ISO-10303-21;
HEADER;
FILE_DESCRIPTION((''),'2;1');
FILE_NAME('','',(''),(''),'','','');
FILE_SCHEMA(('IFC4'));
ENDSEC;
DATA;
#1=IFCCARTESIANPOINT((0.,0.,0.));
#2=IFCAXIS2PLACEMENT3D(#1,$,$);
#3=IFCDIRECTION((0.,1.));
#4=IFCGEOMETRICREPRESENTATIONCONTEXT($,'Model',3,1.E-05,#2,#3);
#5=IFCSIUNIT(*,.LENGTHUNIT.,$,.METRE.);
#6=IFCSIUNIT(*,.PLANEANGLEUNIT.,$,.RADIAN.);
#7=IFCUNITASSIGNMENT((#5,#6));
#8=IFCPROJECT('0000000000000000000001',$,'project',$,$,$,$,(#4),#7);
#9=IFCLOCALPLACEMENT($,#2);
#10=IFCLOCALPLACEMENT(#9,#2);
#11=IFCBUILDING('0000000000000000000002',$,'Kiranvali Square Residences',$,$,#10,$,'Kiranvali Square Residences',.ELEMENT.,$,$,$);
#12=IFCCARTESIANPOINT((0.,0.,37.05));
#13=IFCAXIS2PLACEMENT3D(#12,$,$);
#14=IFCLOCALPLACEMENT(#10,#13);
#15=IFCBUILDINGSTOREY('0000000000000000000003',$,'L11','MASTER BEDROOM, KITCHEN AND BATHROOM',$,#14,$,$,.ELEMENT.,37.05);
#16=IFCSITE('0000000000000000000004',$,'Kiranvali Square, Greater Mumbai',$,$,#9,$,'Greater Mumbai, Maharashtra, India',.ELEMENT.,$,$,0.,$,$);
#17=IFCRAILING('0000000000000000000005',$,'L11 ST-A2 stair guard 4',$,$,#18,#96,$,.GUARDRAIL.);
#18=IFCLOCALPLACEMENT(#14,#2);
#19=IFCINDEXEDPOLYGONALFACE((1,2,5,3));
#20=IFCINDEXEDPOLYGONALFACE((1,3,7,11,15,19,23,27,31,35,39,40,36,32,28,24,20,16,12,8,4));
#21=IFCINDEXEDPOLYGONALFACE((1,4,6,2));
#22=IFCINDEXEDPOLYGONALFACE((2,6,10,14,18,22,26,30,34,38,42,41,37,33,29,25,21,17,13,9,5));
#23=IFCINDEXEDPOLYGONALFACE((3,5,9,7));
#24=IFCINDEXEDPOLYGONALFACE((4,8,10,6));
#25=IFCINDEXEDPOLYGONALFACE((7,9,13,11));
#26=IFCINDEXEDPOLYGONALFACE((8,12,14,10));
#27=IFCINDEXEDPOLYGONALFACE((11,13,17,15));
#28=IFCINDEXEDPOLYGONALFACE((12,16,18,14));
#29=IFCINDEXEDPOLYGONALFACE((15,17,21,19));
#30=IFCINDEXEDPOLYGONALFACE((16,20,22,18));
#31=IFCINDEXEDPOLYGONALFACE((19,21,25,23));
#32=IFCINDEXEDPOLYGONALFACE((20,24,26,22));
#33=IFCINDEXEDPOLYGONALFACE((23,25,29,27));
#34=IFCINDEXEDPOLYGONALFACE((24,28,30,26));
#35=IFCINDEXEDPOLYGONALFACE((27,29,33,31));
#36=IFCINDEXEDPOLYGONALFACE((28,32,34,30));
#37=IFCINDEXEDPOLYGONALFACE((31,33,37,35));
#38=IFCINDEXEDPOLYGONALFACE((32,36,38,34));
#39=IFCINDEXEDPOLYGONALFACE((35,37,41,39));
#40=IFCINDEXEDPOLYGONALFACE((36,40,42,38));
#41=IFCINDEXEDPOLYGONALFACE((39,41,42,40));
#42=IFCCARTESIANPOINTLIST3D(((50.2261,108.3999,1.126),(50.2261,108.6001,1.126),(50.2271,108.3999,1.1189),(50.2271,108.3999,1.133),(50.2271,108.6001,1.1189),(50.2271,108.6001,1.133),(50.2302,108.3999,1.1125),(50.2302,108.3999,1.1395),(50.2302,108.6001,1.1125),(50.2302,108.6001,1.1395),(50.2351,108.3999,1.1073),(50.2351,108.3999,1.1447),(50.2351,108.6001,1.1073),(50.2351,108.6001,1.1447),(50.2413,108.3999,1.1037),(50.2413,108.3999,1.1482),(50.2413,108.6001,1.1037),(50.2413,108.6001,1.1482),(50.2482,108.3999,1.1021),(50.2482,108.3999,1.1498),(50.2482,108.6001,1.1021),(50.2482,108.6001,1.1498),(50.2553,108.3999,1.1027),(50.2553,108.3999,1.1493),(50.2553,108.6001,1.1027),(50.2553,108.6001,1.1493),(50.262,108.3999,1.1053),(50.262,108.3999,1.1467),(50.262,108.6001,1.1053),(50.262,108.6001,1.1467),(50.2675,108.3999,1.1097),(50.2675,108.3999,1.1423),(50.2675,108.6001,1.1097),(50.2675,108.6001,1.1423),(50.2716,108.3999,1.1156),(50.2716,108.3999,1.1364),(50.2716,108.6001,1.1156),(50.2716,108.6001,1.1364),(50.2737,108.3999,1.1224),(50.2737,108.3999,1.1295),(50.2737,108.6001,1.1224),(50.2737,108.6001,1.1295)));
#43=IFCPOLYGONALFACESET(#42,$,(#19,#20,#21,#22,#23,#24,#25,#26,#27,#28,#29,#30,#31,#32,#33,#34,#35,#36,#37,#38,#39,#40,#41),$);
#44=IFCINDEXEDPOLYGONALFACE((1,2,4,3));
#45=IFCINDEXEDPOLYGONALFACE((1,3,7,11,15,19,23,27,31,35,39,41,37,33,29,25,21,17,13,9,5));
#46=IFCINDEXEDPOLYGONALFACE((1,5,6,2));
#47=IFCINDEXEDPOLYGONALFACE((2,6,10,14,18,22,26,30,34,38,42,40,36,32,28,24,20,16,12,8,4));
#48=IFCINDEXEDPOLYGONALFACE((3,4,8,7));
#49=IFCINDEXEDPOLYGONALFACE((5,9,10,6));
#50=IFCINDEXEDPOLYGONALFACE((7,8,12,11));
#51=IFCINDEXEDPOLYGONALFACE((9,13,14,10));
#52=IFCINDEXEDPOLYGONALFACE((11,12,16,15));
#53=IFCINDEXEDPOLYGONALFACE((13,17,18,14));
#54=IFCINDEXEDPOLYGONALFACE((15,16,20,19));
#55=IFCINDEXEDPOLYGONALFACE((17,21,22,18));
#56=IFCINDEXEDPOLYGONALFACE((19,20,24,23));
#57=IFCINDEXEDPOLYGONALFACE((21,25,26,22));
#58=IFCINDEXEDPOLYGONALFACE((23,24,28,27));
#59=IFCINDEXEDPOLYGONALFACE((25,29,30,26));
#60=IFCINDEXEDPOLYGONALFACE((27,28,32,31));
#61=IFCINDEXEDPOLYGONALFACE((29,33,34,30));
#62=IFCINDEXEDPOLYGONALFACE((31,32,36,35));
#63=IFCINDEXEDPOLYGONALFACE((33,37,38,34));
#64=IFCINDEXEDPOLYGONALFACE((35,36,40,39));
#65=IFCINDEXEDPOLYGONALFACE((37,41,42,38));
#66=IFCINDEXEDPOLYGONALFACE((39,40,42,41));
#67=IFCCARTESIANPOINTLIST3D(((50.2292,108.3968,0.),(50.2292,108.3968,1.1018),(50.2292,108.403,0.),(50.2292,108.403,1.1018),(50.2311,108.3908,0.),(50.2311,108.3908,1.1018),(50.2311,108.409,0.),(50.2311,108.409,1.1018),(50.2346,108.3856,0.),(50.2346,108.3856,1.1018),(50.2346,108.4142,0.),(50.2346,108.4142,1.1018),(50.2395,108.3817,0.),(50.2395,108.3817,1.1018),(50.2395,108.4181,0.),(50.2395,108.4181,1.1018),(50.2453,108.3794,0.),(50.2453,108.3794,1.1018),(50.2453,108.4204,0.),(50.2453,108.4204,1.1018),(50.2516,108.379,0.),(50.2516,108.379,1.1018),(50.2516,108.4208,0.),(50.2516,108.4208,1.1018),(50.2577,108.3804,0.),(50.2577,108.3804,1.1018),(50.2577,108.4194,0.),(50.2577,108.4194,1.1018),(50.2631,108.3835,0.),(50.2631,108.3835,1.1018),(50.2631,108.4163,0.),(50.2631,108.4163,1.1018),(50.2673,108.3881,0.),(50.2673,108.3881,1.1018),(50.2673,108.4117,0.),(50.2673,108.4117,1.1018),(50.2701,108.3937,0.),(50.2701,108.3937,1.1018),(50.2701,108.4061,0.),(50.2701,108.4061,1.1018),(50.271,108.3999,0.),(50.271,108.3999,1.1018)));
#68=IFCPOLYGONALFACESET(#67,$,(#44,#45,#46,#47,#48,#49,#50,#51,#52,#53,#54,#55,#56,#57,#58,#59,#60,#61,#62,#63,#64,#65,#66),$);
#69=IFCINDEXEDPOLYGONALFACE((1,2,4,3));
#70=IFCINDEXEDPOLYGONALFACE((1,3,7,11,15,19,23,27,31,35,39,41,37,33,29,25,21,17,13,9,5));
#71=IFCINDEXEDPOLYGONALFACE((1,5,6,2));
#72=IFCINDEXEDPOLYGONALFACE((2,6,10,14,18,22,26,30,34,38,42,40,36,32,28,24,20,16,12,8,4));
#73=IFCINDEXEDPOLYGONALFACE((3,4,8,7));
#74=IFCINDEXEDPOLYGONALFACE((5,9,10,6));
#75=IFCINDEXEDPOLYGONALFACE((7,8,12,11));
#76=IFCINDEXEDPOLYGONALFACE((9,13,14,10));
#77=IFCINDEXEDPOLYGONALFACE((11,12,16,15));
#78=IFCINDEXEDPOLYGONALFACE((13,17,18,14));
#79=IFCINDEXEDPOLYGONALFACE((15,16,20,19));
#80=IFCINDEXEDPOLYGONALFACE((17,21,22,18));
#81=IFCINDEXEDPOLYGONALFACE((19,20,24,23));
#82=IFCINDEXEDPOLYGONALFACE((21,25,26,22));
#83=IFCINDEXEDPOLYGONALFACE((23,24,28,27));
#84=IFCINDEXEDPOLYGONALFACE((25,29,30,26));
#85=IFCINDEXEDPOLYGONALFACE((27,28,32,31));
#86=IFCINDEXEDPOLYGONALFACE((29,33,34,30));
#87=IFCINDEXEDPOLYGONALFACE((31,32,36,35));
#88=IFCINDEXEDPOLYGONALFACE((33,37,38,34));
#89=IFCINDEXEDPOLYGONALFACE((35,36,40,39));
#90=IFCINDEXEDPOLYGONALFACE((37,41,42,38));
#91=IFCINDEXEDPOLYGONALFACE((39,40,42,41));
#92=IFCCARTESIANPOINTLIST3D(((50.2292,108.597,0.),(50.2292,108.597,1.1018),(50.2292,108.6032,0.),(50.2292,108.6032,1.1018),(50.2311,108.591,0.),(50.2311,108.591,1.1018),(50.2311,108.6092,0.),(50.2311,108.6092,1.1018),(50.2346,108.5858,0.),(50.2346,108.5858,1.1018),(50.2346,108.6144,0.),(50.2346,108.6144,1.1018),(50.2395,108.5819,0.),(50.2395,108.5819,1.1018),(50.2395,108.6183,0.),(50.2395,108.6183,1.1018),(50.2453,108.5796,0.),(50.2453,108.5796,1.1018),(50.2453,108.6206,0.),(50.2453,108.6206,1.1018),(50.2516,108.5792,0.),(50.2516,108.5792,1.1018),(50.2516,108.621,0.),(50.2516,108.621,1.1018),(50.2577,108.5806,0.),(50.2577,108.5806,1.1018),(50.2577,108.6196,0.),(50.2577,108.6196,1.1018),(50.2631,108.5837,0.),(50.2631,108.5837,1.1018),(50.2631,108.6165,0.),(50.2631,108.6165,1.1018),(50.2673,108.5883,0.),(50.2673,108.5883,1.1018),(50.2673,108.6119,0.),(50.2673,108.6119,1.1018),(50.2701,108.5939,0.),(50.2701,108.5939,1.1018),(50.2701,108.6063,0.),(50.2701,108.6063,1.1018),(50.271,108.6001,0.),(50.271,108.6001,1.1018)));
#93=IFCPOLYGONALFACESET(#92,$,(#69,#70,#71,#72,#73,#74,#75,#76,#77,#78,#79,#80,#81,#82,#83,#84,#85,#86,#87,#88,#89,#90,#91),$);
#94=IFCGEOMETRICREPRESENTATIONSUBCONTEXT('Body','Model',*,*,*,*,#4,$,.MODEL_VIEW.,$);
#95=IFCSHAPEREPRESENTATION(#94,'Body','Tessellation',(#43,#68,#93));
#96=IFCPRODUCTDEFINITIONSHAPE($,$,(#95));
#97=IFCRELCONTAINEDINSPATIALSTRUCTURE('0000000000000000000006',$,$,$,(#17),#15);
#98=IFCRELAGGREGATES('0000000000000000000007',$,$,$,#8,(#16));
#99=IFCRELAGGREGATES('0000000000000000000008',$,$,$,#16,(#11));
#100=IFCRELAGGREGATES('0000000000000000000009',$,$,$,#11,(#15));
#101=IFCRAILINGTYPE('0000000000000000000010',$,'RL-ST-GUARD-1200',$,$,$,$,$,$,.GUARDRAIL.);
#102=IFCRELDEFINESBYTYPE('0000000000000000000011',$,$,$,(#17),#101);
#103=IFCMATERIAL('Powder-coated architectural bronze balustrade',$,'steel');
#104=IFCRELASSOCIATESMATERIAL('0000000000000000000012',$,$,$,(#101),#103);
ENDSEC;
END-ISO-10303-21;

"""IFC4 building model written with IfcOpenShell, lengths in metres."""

from ifc_helpers import new_model, si_unit, direction, frame, origin, origin_2d, place, context, subcontext, project, spatial, circle, extrude, material, type_object, element, save


model = new_model("IFC4")

# Units and contexts
model_context = context("Model", 3, precision=1e-05, world=origin(), true_north=direction((0.0, 1.0)))
body_context = subcontext(model_context, "Body", "Model", "MODEL_VIEW")
ifc_project = project(units=[si_unit("LENGTHUNIT", "METRE"), si_unit("PLANEANGLEUNIT", "RADIAN")], contexts=[model_context])

# Site, building, storey
site_placement = place(None, origin())
site = spatial("IfcSite", under=ifc_project, at=site_placement, Name="Kiranvali Square, Greater Mumbai", LongName="Greater Mumbai, Maharashtra, India", CompositionType="ELEMENT", RefElevation=0.0)
building_placement = place(site_placement, origin())
building = spatial("IfcBuilding", under=site, at=building_placement, Name="Kiranvali Square Residences", LongName="Kiranvali Square Residences", CompositionType="ELEMENT")
storey_placement = place(building_placement, frame((0.0, 0.0, 37.05)))
storey = spatial("IfcBuildingStorey", under=building, at=storey_placement, Name="L11", Description="MASTER BEDROOM, KITCHEN AND BATHROOM", CompositionType="ELEMENT", Elevation=37.05)

# Railing
ifc_material_1 = material(Name="Powder-coated architectural bronze balustrade", Category="steel")
railing_type_1 = type_object("IfcRailingType", Name="RL-ST-GUARD-1200", PredefinedType="GUARDRAIL", material=ifc_material_1)
railing_1_placement = place(storey_placement, frame((50.25, 108.3999, 0.0)))
element("IfcRailing", 1, at=railing_1_placement, inside=storey, type_object=railing_type_1, Name="L11 ST-A2 stair guard 4", PredefinedType="GUARDRAIL", context=body_context, shape_type="SweptSolid", body=[
    extrude(circle(Radius=0.0239, at=origin_2d()), frame((0.0, 0.0, 1.126), z_axis=(0.0, 1.0, 0.0), x_axis=(-1.0, 0.0, 0.0)), (0.0, 0.0, 1.0), 0.2002),
    extrude(circle(Radius=0.021, at=origin_2d()), origin(), (0.0, 0.0, 1.0), 1.1018),
    extrude(circle(Radius=0.021, at=origin_2d()), frame((0.0, 0.2002, 0.0)), (0.0, 0.0, 1.0), 1.1018),
])

save(model, "model.ifc")
